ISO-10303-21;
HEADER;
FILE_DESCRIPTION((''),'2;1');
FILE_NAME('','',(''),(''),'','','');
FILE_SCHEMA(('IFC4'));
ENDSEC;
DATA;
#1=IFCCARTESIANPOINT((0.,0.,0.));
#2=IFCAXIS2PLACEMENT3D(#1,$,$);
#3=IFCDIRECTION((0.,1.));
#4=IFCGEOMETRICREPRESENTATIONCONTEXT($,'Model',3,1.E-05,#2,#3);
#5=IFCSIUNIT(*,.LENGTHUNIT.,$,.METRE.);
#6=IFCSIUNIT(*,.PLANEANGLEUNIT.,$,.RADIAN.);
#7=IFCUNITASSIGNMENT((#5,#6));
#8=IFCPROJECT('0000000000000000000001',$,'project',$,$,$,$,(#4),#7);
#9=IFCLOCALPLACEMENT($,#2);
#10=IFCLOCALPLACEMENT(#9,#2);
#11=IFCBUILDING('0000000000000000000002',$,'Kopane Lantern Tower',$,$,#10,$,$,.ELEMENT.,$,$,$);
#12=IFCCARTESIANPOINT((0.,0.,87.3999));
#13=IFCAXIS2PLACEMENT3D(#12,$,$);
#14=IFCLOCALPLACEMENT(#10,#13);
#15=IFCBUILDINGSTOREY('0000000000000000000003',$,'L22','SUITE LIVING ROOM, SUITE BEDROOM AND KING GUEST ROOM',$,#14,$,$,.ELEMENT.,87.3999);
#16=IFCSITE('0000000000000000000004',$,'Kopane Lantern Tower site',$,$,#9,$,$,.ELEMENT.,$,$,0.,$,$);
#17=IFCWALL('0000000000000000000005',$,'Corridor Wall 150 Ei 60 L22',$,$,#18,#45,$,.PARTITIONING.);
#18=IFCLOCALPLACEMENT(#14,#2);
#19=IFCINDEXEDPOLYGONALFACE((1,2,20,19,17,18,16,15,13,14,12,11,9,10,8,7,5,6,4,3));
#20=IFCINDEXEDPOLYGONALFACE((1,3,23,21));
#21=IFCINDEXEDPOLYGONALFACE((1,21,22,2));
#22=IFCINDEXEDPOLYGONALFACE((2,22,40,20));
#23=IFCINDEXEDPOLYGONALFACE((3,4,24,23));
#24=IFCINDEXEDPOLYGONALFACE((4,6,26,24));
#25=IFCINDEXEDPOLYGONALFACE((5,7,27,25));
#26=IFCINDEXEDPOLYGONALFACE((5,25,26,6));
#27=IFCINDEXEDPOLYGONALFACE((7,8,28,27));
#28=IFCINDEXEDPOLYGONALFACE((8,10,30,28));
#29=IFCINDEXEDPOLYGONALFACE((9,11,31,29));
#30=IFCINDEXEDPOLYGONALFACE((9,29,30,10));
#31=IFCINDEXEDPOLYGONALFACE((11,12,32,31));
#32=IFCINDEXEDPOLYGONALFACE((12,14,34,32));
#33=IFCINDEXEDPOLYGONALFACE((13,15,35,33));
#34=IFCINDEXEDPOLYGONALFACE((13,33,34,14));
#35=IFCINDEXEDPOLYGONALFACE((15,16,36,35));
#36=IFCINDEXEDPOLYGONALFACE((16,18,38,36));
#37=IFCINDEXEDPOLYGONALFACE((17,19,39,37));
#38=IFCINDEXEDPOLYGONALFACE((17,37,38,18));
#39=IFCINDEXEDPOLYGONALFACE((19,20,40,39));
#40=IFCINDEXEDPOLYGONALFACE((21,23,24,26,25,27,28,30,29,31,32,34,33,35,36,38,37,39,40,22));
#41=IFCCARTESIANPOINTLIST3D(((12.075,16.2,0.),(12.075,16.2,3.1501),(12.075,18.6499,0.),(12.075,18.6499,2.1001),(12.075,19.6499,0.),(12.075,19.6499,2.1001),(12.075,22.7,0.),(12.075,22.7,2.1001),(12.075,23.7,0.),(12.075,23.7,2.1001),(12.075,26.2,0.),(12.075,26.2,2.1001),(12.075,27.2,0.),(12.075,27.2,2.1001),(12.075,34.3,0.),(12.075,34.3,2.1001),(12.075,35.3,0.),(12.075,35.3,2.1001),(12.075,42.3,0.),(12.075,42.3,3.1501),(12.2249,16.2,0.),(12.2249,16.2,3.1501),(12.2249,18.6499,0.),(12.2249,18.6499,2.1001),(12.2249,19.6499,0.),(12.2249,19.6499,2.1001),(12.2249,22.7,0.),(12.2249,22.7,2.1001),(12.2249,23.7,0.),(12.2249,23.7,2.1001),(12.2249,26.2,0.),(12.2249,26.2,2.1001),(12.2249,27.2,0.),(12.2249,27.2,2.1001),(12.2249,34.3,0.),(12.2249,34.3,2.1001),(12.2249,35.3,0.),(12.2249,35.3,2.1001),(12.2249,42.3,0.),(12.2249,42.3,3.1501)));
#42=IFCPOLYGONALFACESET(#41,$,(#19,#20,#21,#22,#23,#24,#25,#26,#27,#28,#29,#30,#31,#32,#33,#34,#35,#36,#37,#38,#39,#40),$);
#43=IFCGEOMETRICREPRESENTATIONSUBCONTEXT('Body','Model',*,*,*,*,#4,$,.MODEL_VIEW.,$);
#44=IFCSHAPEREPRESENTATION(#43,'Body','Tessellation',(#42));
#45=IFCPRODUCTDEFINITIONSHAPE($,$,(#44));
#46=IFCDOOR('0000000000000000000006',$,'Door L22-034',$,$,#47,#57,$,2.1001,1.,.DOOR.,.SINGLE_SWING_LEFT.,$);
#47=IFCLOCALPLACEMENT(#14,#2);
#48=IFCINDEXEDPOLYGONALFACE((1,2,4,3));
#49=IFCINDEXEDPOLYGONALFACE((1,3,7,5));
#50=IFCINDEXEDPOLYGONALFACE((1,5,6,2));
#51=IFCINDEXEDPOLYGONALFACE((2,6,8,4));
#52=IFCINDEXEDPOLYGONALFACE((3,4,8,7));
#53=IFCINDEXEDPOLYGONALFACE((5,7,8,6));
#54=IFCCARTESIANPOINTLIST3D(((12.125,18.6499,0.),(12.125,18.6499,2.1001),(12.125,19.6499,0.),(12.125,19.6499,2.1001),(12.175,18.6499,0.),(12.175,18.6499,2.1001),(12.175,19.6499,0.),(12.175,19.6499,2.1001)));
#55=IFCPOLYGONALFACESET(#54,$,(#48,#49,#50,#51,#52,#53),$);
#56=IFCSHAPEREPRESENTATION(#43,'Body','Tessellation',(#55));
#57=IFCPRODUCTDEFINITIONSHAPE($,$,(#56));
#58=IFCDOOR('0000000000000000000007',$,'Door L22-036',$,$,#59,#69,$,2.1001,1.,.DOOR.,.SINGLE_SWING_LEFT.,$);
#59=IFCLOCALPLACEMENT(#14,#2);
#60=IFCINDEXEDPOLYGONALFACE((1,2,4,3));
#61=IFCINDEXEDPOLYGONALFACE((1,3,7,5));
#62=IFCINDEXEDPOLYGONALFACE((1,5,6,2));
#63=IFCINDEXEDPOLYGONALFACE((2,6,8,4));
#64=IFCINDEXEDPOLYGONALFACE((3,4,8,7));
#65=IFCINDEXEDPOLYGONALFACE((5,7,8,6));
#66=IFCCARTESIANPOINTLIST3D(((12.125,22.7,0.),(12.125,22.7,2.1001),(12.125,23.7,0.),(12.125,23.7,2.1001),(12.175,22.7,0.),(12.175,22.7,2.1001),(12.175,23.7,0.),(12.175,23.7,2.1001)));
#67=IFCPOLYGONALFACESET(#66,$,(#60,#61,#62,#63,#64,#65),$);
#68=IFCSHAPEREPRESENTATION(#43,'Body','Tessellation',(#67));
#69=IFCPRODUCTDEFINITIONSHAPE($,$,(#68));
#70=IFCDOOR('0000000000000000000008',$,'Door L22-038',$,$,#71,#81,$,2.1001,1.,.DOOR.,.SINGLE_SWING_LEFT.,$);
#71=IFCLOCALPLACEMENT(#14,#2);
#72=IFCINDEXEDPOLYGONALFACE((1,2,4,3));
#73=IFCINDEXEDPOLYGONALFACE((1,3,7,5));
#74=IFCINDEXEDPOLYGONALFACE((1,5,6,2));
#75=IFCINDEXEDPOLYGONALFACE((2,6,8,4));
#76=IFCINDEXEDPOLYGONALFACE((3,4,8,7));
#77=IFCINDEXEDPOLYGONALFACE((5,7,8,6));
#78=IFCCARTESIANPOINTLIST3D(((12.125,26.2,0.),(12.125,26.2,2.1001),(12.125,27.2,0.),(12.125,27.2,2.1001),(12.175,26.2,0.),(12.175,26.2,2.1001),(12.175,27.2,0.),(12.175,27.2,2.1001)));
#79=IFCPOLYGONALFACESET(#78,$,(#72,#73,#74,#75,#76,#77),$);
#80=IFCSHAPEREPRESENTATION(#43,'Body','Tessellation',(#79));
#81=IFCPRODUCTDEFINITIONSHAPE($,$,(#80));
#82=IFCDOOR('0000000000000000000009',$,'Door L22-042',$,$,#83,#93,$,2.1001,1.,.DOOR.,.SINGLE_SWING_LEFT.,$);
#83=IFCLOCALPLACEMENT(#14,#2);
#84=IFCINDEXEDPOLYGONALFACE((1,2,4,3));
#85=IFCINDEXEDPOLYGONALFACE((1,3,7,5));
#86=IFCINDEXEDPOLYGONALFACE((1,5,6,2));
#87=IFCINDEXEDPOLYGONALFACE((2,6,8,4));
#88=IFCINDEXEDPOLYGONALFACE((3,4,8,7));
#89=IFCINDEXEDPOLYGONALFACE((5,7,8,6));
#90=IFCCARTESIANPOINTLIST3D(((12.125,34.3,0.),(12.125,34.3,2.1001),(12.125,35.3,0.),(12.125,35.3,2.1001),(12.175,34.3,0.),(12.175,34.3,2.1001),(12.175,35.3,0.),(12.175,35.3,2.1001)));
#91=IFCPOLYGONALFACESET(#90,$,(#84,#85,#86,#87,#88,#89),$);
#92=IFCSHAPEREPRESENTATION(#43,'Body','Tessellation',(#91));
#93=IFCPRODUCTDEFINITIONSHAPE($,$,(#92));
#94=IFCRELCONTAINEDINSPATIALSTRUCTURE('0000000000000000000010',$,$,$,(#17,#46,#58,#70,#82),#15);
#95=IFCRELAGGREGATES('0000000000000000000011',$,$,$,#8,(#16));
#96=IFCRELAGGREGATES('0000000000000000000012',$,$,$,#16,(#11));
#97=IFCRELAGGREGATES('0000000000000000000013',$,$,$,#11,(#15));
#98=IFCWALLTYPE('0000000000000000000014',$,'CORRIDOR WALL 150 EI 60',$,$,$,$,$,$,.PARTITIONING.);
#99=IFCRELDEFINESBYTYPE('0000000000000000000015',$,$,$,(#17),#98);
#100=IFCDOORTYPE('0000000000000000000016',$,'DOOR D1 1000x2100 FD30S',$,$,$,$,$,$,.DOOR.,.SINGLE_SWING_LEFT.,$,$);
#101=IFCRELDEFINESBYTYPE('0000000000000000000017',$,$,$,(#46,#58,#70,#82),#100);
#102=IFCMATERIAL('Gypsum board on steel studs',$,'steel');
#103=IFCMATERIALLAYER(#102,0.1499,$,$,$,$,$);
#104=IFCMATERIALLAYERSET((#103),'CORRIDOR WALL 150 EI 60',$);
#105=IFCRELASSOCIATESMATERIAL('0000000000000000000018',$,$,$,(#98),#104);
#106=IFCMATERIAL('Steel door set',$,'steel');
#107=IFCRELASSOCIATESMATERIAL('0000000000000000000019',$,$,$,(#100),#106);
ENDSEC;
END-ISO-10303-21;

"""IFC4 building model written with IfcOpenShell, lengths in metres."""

from ifc_helpers import new_model, si_unit, direction, frame, frame_2d, origin, place, context, subcontext, project, spatial, rectangle, extrude, material, layer, layer_set, type_object, element, fill, save


model = new_model("IFC4")

# Units and contexts
model_context = context("Model", 3, precision=1e-05, world=origin(), true_north=direction((0.0, 1.0)))
body_context = subcontext(model_context, "Body", "Model", "MODEL_VIEW")
ifc_project = project(units=[si_unit("LENGTHUNIT", "METRE"), si_unit("PLANEANGLEUNIT", "RADIAN")], contexts=[model_context])

# Site, building, storey
site_placement = place(None, origin())
site = spatial("IfcSite", under=ifc_project, at=site_placement, Name="Kopane Lantern Tower site", CompositionType="ELEMENT", RefElevation=0.0)
building_placement = place(site_placement, origin())
building = spatial("IfcBuilding", under=site, at=building_placement, Name="Kopane Lantern Tower", CompositionType="ELEMENT")
storey_placement = place(building_placement, frame((0.0, 0.0, 87.3999)))
storey = spatial("IfcBuildingStorey", under=building, at=storey_placement, Name="L22", Description="SUITE LIVING ROOM, SUITE BEDROOM AND KING GUEST ROOM", CompositionType="ELEMENT", Elevation=87.3999)

# Wall, openings, doors
ifc_material_1 = material(Name="Gypsum board on steel studs", Category="steel")
ifc_layer_1 = layer(ifc_material_1, 0.1499)
ifc_layer_set_1 = layer_set([ifc_layer_1], Name="CORRIDOR WALL 150 EI 60")
wall_type_1 = type_object("IfcWallType", Name="CORRIDOR WALL 150 EI 60", PredefinedType="PARTITIONING", material=ifc_layer_set_1)
ifc_material_2 = material(Name="Steel door set", Category="steel")
door_type = type_object("IfcDoorType", Name="DOOR D1 1000x2100 FD30S", OperationType="SINGLE_SWING_LEFT", PredefinedType="DOOR", material=ifc_material_2)
wall_1_placement = place(storey_placement, frame((12.1499, 16.2, 0.0), z_axis=(0.0, 0.0, 1.0), x_axis=(0.0, 1.0, 0.0)))
wall_1 = element("IfcWall", 1, at=wall_1_placement, inside=storey, type_object=wall_type_1, Name="Corridor Wall 150 Ei 60 L22", PredefinedType="PARTITIONING", context=body_context, shape_type="SweptSolid", body=[
    extrude(rectangle(XDim=26.1001, YDim=0.1499, at=frame_2d((13.05, 0.0))), origin(), (0.0, 0.0, 1.0), 3.1501),
])
opening_1_placement = place(wall_1_placement, frame((2.45, 0.0, 0.0)))
opening_1 = element("IfcOpeningElement", 2, at=opening_1_placement, cuts=wall_1, PredefinedType="OPENING", context=body_context, shape_type="SweptSolid", body=[
    extrude(rectangle(XDim=1.0, YDim=2.1001, at=frame_2d((0.5, 1.05))), frame((0.0, 0.085, 0.0), z_axis=(0.0, -1.0, 0.0), x_axis=(1.0, 0.0, 0.0)), (0.0, 0.0, 1.0), 0.1699),
])
opening_2_placement = place(wall_1_placement, frame((6.5, 0.0, 0.0)))
opening_2 = element("IfcOpeningElement", 3, at=opening_2_placement, cuts=wall_1, PredefinedType="OPENING", context=body_context, shape_type="SweptSolid", body=[
    extrude(rectangle(XDim=1.0, YDim=2.1001, at=frame_2d((0.5, 1.05))), frame((0.0, 0.085, 0.0), z_axis=(0.0, -1.0, 0.0), x_axis=(1.0, 0.0, 0.0)), (0.0, 0.0, 1.0), 0.1699),
])
opening_3_placement = place(wall_1_placement, frame((10.0, 0.0, 0.0)))
opening_3 = element("IfcOpeningElement", 4, at=opening_3_placement, cuts=wall_1, PredefinedType="OPENING", context=body_context, shape_type="SweptSolid", body=[
    extrude(rectangle(XDim=1.0, YDim=2.1001, at=frame_2d((0.5, 1.05))), frame((0.0, 0.085, 0.0), z_axis=(0.0, -1.0, 0.0), x_axis=(1.0, 0.0, 0.0)), (0.0, 0.0, 1.0), 0.1699),
])
opening_4_placement = place(wall_1_placement, frame((18.1001, 0.0, 0.0)))
opening_4 = element("IfcOpeningElement", 5, at=opening_4_placement, cuts=wall_1, PredefinedType="OPENING", context=body_context, shape_type="SweptSolid", body=[
    extrude(rectangle(XDim=1.0, YDim=2.1001, at=frame_2d((0.5, 1.05))), frame((0.0, 0.085, 0.0), z_axis=(0.0, -1.0, 0.0), x_axis=(1.0, 0.0, 0.0)), (0.0, 0.0, 1.0), 0.1699),
])
door_1_placement = place(opening_1_placement, origin())
door_1 = element("IfcDoor", 6, at=door_1_placement, inside=storey, type_object=door_type, Name="Door L22-034", OperationType="SINGLE_SWING_LEFT", OverallHeight=2.1001, OverallWidth=1.0, PredefinedType="DOOR", context=body_context, shape_type="SweptSolid", body=[
    extrude(rectangle(XDim=1.0, YDim=2.1001, at=frame_2d((0.5, 1.05))), frame((0.0, 0.0249, 0.0), z_axis=(0.0, -1.0, 0.0), x_axis=(1.0, 0.0, 0.0)), (0.0, 0.0, 1.0), 0.05),
])
fill(opening_1, door_1)
door_2_placement = place(opening_2_placement, origin())
door_2 = element("IfcDoor", 7, at=door_2_placement, inside=storey, type_object=door_type, Name="Door L22-036", OperationType="SINGLE_SWING_LEFT", OverallHeight=2.1001, OverallWidth=1.0, PredefinedType="DOOR", context=body_context, shape_type="SweptSolid", body=[
    extrude(rectangle(XDim=1.0, YDim=2.1001, at=frame_2d((0.5, 1.05))), frame((0.0, 0.0249, 0.0), z_axis=(0.0, -1.0, 0.0), x_axis=(1.0, 0.0, 0.0)), (0.0, 0.0, 1.0), 0.05),
])
fill(opening_2, door_2)
door_3_placement = place(opening_3_placement, origin())
door_3 = element("IfcDoor", 8, at=door_3_placement, inside=storey, type_object=door_type, Name="Door L22-038", OperationType="SINGLE_SWING_LEFT", OverallHeight=2.1001, OverallWidth=1.0, PredefinedType="DOOR", context=body_context, shape_type="SweptSolid", body=[
    extrude(rectangle(XDim=1.0, YDim=2.1001, at=frame_2d((0.5, 1.05))), frame((0.0, 0.0249, 0.0), z_axis=(0.0, -1.0, 0.0), x_axis=(1.0, 0.0, 0.0)), (0.0, 0.0, 1.0), 0.05),
])
fill(opening_3, door_3)
door_4_placement = place(opening_4_placement, origin())
door_4 = element("IfcDoor", 9, at=door_4_placement, inside=storey, type_object=door_type, Name="Door L22-042", OperationType="SINGLE_SWING_LEFT", OverallHeight=2.1001, OverallWidth=1.0, PredefinedType="DOOR", context=body_context, shape_type="SweptSolid", body=[
    extrude(rectangle(XDim=1.0, YDim=2.1001, at=frame_2d((0.5, 1.05))), frame((0.0, 0.0249, 0.0), z_axis=(0.0, -1.0, 0.0), x_axis=(1.0, 0.0, 0.0)), (0.0, 0.0, 1.0), 0.05),
])
fill(opening_4, door_4)

save(model, "model.ifc")
